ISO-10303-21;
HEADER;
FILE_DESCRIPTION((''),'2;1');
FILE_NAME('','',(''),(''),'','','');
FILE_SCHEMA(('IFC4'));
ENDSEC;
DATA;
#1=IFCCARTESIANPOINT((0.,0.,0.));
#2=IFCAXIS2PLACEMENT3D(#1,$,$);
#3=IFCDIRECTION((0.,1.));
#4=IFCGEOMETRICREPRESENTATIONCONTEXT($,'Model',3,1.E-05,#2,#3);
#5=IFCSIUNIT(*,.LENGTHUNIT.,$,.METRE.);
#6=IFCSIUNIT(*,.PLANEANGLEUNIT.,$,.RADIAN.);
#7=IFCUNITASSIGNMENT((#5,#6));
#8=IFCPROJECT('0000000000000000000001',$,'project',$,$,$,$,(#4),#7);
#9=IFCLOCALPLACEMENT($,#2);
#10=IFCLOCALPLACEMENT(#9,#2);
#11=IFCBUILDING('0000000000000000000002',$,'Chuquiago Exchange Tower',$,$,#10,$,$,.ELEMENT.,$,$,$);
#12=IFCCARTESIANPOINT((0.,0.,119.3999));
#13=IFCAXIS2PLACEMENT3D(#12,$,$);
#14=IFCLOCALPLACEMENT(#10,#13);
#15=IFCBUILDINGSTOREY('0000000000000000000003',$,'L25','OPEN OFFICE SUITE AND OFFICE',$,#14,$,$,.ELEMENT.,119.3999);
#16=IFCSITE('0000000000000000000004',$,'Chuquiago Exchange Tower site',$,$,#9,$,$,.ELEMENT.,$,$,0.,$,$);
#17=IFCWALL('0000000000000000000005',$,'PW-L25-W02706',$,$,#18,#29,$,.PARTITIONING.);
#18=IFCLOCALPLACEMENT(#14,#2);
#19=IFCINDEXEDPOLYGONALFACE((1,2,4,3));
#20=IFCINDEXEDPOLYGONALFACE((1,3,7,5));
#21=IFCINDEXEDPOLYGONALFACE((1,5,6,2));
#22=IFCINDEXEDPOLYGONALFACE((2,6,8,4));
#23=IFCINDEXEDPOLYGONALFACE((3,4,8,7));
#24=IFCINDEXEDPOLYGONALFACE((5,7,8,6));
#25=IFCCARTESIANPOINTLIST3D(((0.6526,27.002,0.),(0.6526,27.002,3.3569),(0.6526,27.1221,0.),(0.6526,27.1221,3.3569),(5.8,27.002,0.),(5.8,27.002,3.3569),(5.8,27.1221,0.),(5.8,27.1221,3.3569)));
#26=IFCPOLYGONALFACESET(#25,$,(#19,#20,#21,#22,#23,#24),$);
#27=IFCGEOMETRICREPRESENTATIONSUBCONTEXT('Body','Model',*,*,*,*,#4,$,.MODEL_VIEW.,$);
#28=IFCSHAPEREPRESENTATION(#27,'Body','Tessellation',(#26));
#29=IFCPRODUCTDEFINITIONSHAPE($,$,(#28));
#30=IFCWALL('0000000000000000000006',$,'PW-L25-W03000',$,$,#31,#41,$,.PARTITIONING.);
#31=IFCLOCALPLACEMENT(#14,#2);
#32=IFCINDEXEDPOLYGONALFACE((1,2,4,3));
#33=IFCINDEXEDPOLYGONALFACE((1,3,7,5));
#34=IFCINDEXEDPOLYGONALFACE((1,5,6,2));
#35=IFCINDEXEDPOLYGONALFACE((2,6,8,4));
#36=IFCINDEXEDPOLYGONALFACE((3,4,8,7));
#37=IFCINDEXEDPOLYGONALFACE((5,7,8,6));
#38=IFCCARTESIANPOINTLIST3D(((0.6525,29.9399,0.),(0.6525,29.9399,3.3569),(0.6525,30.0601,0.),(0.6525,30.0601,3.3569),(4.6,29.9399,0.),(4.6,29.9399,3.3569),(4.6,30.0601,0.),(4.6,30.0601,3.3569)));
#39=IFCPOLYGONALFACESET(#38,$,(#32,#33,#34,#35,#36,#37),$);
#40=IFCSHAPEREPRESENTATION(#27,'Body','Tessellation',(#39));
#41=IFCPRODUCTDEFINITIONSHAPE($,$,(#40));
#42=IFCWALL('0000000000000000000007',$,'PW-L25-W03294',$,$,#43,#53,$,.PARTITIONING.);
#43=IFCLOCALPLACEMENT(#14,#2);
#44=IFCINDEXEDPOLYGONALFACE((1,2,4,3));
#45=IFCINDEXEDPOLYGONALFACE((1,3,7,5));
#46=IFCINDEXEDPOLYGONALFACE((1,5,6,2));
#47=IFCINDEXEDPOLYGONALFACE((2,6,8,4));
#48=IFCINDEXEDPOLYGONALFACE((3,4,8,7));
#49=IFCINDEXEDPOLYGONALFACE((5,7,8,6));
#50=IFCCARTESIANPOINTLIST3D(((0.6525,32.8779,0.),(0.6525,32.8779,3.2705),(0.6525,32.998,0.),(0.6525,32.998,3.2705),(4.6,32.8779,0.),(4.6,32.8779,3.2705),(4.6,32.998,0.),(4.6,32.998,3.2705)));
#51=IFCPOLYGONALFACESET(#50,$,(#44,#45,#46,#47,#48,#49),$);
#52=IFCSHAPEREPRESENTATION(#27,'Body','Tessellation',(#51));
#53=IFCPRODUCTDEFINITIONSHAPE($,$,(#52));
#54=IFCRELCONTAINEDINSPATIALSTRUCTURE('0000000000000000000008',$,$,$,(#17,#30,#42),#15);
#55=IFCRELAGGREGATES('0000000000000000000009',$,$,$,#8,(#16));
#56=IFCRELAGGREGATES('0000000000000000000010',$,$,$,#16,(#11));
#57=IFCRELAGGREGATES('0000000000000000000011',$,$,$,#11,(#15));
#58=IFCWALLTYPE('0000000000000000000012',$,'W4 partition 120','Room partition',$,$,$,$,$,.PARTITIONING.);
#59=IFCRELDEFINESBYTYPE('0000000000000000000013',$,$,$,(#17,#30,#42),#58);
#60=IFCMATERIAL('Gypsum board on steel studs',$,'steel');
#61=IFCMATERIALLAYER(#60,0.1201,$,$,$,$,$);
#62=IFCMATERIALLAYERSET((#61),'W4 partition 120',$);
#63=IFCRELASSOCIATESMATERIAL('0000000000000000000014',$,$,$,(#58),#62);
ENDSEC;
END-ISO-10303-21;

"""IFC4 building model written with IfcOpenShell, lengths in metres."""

from ifc_helpers import new_model, si_unit, direction, frame, frame_2d, origin, place, context, subcontext, project, spatial, rectangle, extrude, material, layer, layer_set, type_object, element, save


model = new_model("IFC4")

# Units and contexts
model_context = context("Model", 3, precision=1e-05, world=origin(), true_north=direction((0.0, 1.0)))
body_context = subcontext(model_context, "Body", "Model", "MODEL_VIEW")
ifc_project = project(units=[si_unit("LENGTHUNIT", "METRE"), si_unit("PLANEANGLEUNIT", "RADIAN")], contexts=[model_context])

# Site, building, storey
site_placement = place(None, origin())
site = spatial("IfcSite", under=ifc_project, at=site_placement, Name="Chuquiago Exchange Tower site", CompositionType="ELEMENT", RefElevation=0.0)
building_placement = place(site_placement, origin())
building = spatial("IfcBuilding", under=site, at=building_placement, Name="Chuquiago Exchange Tower", CompositionType="ELEMENT")
storey_placement = place(building_placement, frame((0.0, 0.0, 119.3999)))
storey = spatial("IfcBuildingStorey", under=building, at=storey_placement, Name="L25", Description="OPEN OFFICE SUITE AND OFFICE", CompositionType="ELEMENT", Elevation=119.3999)

# Walls
ifc_material_1 = material(Name="Gypsum board on steel studs", Category="steel")
ifc_layer_1 = layer(ifc_material_1, 0.1201)
ifc_layer_set_1 = layer_set([ifc_layer_1], Name="W4 partition 120")
wall_type = type_object("IfcWallType", Name="W4 partition 120", Description="Room partition", PredefinedType="PARTITIONING", material=ifc_layer_set_1)
wall_1_placement = place(storey_placement, frame((0.6526, 27.062, 0.0), z_axis=(0.0, 0.0, 1.0), x_axis=(1.0, 0.0, 0.0)))
element("IfcWall", 1, at=wall_1_placement, inside=storey, type_object=wall_type, Name="PW-L25-W02706", PredefinedType="PARTITIONING", context=body_context, shape_type="SweptSolid", body=[
    extrude(rectangle(XDim=5.1475, YDim=0.1201, at=frame_2d((2.5737, 0.0))), origin(), (0.0, 0.0, 1.0), 3.3569),
])
wall_2_placement = place(storey_placement, frame((0.6526, 30.0, 0.0), z_axis=(0.0, 0.0, 1.0), x_axis=(1.0, 0.0, 0.0)))
element("IfcWall", 2, at=wall_2_placement, inside=storey, type_object=wall_type, Name="PW-L25-W03000", PredefinedType="PARTITIONING", context=body_context, shape_type="SweptSolid", body=[
    extrude(rectangle(XDim=3.9475, YDim=0.1201, at=frame_2d((1.9736, 0.0))), origin(), (0.0, 0.0, 1.0), 3.3569),
])
wall_3_placement = place(storey_placement, frame((0.6526, 32.938, 0.0), z_axis=(0.0, 0.0, 1.0), x_axis=(1.0, 0.0, 0.0)))
element("IfcWall", 3, at=wall_3_placement, inside=storey, type_object=wall_type, Name="PW-L25-W03294", PredefinedType="PARTITIONING", context=body_context, shape_type="SweptSolid", body=[
    extrude(rectangle(XDim=3.9475, YDim=0.1201, at=frame_2d((1.9736, 0.0))), origin(), (0.0, 0.0, 1.0), 3.2705),
])

save(model, "model.ifc")
